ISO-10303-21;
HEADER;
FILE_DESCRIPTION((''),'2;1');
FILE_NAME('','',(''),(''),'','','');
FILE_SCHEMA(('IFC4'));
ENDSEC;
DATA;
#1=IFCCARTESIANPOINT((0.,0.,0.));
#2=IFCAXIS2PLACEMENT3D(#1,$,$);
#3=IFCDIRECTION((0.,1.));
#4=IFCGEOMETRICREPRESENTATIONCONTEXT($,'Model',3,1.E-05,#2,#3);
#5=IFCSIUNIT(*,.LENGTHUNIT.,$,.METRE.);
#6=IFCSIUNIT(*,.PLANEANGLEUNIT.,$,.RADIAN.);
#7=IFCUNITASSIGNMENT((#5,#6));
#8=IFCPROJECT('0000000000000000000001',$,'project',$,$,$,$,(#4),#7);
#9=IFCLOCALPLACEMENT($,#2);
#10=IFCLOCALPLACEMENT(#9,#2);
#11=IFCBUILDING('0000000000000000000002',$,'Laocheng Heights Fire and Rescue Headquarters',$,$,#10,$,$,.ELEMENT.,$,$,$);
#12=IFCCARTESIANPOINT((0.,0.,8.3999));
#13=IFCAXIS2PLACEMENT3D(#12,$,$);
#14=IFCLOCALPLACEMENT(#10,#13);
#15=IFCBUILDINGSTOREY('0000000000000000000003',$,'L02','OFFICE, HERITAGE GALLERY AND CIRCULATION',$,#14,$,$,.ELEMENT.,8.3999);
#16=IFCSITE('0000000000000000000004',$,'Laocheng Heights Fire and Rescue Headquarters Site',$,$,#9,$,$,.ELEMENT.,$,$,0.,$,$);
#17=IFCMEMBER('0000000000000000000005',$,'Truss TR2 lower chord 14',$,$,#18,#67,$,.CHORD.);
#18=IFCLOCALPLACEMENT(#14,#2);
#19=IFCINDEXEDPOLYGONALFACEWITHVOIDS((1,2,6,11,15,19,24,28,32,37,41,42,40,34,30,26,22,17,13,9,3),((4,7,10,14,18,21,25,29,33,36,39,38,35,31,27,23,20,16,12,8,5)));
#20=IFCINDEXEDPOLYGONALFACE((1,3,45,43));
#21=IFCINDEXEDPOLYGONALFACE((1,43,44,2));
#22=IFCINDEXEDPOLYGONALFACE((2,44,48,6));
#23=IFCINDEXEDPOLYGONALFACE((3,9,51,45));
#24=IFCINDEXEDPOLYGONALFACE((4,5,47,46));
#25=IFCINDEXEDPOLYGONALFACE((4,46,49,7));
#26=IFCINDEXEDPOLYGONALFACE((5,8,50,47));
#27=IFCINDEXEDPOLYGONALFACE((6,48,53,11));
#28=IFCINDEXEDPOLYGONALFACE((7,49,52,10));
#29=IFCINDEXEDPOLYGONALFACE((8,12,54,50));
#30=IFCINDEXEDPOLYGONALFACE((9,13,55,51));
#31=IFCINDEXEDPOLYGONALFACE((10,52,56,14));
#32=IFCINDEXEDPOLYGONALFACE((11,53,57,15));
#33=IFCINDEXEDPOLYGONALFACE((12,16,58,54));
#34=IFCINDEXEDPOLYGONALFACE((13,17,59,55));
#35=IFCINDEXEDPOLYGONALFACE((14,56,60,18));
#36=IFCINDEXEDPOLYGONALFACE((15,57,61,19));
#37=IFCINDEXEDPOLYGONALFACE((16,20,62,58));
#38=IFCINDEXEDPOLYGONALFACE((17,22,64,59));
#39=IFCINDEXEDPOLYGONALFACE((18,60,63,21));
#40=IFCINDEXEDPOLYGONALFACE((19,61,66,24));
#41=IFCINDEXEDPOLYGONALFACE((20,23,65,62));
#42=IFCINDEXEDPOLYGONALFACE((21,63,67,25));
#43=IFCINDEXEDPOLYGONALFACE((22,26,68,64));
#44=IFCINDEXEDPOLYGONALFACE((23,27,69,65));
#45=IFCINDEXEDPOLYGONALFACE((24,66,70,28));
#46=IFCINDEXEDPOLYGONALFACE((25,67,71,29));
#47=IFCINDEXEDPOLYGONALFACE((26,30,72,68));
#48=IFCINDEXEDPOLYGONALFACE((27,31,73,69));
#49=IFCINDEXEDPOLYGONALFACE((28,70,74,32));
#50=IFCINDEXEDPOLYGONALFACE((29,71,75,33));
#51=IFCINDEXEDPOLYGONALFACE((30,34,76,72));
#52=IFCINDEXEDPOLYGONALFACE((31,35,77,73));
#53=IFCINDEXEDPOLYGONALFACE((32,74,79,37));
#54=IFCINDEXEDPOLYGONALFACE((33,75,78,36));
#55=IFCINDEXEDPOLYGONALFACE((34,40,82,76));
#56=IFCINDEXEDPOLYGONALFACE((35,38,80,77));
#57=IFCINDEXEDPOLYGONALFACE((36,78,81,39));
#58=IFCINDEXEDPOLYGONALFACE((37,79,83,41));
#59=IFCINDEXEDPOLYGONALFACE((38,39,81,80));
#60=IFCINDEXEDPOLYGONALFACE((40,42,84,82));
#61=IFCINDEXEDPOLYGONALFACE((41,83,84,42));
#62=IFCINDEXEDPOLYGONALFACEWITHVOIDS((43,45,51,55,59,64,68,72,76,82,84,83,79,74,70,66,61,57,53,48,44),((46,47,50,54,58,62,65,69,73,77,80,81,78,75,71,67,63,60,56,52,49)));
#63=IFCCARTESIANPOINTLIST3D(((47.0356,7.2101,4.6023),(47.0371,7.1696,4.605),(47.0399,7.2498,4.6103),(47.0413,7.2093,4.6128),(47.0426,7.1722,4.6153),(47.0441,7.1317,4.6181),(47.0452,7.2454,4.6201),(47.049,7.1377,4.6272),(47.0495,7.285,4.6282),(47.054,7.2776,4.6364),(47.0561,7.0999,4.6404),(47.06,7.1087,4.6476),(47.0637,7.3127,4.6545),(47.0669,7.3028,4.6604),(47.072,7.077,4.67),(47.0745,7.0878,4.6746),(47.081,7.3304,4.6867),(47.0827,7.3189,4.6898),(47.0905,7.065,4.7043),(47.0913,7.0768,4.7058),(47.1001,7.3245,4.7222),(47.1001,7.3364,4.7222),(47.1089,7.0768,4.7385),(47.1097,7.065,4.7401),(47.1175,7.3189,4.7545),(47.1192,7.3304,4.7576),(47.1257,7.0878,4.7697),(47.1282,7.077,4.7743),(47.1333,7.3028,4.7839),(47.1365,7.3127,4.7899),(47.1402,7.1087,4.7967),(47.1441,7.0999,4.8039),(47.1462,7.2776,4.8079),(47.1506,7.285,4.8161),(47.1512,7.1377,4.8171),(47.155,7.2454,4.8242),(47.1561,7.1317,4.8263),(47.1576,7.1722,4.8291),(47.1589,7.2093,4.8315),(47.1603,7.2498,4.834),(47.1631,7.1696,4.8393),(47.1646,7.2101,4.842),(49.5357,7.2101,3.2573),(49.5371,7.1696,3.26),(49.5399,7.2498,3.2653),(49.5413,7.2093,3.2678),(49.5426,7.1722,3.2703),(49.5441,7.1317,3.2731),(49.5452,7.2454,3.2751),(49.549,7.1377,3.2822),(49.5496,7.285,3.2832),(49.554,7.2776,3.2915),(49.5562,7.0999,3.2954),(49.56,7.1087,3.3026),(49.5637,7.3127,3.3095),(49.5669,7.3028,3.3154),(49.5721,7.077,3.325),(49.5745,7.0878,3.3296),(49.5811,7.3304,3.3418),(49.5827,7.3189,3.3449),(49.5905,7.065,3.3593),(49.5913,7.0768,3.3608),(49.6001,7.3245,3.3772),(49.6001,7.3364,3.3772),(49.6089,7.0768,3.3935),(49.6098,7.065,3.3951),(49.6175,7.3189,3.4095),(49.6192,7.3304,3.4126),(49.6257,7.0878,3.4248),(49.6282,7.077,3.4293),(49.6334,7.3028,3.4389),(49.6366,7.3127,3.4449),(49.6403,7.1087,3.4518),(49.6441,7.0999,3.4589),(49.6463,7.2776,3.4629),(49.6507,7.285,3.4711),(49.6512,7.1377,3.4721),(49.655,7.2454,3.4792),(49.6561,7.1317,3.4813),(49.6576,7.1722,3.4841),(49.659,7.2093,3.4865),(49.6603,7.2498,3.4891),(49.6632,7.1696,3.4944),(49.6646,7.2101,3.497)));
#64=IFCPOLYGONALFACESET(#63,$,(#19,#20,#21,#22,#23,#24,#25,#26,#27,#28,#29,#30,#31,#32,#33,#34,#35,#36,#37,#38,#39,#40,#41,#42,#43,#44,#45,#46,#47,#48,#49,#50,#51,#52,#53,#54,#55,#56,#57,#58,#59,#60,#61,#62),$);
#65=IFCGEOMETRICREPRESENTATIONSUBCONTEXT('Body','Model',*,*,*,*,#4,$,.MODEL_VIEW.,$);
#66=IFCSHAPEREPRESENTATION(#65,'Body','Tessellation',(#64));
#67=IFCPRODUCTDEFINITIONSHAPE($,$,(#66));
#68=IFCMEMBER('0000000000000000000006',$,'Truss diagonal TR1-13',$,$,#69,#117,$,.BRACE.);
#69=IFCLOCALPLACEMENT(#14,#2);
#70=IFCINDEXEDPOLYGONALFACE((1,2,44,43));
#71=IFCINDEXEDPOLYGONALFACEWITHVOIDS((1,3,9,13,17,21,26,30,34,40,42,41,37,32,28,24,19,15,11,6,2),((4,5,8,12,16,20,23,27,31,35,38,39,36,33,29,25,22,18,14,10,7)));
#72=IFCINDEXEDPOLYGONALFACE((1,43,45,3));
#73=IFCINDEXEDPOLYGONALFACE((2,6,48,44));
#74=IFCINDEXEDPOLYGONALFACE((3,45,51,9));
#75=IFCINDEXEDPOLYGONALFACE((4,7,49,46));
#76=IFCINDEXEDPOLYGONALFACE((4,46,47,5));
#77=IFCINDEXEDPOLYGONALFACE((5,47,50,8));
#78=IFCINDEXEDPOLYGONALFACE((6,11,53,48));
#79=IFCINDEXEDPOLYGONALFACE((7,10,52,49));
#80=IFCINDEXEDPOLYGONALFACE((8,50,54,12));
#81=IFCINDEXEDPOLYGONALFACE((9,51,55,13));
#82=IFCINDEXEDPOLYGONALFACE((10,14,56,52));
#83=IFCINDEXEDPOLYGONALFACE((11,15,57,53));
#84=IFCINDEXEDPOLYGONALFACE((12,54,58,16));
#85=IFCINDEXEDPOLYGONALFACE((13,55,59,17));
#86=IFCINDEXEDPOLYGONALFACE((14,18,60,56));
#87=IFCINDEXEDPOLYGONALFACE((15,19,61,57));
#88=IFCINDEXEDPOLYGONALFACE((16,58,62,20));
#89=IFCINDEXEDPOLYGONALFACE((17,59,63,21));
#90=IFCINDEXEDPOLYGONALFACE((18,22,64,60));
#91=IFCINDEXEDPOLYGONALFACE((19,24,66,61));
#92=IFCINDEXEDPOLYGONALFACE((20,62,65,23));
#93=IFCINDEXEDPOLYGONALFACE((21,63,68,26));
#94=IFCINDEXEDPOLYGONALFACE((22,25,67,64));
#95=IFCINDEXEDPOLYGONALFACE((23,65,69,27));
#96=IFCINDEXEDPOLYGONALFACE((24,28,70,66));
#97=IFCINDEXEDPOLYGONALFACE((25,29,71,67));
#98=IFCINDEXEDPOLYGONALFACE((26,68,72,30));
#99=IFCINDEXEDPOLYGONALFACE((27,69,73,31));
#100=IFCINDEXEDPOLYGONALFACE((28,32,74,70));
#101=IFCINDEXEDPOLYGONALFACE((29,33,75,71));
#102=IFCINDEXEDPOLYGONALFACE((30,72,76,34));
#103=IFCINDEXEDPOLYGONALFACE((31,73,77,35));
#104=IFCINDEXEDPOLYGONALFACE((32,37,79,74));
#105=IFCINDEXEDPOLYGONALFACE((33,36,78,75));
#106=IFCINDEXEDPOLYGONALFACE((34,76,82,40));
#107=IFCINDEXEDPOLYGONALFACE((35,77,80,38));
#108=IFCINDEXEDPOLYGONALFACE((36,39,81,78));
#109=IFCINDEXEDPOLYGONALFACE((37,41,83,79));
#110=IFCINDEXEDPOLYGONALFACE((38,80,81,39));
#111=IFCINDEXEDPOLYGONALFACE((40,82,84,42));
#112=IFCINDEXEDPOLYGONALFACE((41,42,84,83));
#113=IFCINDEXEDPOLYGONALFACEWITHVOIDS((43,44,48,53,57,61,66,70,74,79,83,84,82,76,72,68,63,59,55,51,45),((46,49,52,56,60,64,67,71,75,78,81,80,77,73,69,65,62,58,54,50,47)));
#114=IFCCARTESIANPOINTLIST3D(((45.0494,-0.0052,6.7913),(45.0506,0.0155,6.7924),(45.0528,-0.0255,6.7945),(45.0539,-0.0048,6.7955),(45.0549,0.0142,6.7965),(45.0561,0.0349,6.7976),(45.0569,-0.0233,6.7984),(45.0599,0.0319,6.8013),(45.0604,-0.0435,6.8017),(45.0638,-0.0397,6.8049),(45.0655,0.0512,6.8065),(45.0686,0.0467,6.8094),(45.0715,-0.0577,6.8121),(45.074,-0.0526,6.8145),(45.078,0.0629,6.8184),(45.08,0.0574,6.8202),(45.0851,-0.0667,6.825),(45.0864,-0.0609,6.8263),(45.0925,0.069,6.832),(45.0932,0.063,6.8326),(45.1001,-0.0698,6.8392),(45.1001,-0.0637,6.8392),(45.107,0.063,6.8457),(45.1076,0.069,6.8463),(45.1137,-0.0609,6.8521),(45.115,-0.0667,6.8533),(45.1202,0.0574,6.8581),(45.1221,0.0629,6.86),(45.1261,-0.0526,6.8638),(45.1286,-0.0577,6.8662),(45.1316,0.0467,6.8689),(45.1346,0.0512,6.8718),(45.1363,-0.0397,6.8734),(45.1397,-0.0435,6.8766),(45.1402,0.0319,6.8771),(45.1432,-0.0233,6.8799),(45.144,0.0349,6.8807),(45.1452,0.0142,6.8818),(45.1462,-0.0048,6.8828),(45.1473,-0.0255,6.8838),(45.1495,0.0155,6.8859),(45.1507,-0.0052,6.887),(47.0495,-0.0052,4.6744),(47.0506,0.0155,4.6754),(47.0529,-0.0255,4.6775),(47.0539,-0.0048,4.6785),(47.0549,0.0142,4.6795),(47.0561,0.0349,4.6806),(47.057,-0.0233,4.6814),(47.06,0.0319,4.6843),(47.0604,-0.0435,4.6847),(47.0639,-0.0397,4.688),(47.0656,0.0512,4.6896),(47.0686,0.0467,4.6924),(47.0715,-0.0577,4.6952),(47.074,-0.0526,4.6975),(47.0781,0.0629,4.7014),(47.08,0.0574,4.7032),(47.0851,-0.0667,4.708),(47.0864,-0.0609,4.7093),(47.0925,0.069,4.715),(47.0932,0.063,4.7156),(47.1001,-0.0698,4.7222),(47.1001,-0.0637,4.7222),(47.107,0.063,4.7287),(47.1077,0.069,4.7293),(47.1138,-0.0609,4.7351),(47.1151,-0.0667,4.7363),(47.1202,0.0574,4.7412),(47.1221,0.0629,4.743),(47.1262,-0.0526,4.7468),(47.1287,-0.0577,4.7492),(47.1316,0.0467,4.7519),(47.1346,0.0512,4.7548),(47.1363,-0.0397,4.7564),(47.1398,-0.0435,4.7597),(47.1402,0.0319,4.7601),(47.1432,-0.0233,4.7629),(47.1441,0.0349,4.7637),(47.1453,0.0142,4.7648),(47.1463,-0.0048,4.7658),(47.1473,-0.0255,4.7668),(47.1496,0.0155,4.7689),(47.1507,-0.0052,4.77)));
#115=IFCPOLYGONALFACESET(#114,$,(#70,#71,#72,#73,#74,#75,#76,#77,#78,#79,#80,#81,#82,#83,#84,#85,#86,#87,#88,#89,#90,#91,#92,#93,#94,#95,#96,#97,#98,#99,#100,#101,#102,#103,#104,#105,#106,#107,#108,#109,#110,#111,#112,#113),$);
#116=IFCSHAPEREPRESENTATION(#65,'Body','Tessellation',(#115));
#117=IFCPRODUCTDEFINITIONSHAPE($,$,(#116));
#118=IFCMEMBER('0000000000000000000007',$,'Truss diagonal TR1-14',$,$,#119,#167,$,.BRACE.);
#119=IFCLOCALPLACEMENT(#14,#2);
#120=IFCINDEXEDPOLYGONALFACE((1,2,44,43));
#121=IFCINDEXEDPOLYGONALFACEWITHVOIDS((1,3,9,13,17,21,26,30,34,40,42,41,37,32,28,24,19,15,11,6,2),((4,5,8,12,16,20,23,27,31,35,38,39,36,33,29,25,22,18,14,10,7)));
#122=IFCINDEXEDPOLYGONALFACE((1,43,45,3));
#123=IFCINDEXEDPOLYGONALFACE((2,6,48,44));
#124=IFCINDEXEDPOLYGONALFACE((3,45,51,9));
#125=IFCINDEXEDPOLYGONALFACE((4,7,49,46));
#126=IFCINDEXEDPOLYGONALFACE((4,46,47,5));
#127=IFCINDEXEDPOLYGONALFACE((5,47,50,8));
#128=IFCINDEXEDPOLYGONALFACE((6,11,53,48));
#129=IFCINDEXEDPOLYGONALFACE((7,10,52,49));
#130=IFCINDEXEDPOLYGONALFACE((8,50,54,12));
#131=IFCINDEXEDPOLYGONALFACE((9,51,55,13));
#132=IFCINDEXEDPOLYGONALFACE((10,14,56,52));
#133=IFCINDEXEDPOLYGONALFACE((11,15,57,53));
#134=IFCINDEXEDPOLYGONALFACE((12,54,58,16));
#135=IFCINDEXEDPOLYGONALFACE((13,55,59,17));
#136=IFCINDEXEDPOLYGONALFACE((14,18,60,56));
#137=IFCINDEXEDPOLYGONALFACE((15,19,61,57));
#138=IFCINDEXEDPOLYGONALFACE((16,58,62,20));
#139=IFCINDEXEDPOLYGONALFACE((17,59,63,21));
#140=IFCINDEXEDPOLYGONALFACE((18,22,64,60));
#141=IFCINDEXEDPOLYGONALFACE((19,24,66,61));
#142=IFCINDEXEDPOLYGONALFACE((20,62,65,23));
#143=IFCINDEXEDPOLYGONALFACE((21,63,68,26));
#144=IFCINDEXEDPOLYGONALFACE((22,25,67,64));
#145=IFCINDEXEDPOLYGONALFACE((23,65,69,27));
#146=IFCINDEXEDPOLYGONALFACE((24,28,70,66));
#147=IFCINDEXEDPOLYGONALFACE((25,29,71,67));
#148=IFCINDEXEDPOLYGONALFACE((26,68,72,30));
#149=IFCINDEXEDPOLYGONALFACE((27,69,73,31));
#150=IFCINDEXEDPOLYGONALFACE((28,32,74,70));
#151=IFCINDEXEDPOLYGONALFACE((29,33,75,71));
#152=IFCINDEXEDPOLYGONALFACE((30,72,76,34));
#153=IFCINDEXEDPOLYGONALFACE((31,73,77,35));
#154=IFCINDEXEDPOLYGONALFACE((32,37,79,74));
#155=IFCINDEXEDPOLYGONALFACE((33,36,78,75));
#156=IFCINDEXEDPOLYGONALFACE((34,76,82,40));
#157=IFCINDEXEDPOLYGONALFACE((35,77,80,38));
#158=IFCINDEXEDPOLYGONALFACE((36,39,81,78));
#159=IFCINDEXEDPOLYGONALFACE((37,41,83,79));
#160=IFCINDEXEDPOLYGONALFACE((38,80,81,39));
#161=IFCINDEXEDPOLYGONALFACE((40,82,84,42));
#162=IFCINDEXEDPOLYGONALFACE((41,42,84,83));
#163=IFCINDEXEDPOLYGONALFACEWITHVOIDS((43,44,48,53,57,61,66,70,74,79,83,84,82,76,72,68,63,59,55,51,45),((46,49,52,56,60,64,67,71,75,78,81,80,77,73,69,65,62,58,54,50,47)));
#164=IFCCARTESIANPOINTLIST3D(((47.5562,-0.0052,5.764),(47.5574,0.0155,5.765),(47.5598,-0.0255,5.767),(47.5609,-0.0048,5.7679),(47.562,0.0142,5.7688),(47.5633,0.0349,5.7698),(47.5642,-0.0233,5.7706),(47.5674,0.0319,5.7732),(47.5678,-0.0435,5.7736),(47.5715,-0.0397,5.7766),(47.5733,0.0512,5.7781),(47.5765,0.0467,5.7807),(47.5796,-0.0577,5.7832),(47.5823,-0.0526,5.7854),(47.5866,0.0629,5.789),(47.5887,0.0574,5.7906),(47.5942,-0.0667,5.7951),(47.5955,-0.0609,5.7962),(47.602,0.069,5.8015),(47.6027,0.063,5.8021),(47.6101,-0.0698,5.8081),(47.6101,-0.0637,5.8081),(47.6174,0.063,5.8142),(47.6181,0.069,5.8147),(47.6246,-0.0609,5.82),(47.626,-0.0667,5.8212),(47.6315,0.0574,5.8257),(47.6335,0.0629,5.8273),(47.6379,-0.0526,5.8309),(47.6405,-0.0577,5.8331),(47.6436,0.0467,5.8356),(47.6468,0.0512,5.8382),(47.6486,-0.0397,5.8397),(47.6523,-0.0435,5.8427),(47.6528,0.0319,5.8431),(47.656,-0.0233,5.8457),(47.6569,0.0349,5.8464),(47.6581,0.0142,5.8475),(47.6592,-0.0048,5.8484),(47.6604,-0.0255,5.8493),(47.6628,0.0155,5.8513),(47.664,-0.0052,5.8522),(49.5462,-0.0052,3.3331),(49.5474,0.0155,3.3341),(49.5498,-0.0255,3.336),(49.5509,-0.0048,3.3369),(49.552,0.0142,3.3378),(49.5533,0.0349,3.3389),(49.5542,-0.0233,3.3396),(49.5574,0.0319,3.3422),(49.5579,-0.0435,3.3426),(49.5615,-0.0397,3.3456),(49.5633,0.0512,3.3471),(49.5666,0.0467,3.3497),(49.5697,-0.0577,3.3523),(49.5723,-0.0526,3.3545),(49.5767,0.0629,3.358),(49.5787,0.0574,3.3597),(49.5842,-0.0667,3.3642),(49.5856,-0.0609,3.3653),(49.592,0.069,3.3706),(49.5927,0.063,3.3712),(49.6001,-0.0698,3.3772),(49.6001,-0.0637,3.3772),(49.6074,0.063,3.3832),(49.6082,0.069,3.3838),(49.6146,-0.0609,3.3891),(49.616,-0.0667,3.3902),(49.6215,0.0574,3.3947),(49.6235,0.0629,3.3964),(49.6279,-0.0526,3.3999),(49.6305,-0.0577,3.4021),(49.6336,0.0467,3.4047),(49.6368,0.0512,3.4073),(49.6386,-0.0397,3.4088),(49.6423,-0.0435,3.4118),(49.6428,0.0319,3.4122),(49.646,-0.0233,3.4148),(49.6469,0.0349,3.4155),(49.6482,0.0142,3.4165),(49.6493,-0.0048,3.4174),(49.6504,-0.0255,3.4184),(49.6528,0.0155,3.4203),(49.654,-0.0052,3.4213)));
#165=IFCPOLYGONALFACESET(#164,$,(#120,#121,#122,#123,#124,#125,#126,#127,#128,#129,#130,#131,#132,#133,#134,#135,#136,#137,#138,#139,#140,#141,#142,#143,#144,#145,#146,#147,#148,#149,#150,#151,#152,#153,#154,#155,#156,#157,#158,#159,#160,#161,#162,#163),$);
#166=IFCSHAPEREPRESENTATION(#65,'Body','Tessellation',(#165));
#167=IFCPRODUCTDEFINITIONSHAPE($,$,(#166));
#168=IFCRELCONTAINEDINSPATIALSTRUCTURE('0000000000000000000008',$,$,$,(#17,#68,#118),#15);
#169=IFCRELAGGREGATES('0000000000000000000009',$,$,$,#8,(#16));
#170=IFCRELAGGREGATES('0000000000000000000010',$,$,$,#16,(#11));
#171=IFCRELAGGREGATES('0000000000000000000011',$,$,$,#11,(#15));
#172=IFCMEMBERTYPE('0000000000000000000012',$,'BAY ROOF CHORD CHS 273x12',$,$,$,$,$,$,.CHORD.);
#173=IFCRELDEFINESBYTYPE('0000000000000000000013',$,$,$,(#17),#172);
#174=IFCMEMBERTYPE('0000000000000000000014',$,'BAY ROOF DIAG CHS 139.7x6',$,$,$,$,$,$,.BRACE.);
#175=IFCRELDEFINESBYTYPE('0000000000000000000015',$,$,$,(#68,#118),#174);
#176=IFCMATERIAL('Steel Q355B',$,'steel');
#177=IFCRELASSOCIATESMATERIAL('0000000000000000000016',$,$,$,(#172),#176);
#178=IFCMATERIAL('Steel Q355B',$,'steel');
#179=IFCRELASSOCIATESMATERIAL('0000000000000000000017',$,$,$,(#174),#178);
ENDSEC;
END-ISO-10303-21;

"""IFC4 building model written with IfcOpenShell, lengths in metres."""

from ifc_helpers import new_model, si_unit, direction, frame, origin, origin_2d, place, context, subcontext, project, spatial, hollow_circle, extrude, material, material_profile, profile_set, type_object, element, save


model = new_model("IFC4")

# Units and contexts
model_context = context("Model", 3, precision=1e-05, world=origin(), true_north=direction((0.0, 1.0)))
body_context = subcontext(model_context, "Body", "Model", "MODEL_VIEW")
ifc_project = project(units=[si_unit("LENGTHUNIT", "METRE"), si_unit("PLANEANGLEUNIT", "RADIAN")], contexts=[model_context])

# Site, building, storey
site_placement = place(None, origin())
site = spatial("IfcSite", under=ifc_project, at=site_placement, Name="Laocheng Heights Fire and Rescue Headquarters Site", CompositionType="ELEMENT", RefElevation=0.0)
building_placement = place(site_placement, origin())
building = spatial("IfcBuilding", under=site, at=building_placement, Name="Laocheng Heights Fire and Rescue Headquarters", CompositionType="ELEMENT")
storey_placement = place(building_placement, frame((0.0, 0.0, 8.3999)))
storey = spatial("IfcBuildingStorey", under=building, at=storey_placement, Name="L02", Description="OFFICE, HERITAGE GALLERY AND CIRCULATION", CompositionType="ELEMENT", Elevation=8.3999)

# Members
ifc_material_1 = material(Name="Steel Q355B", Category="steel")
ifc_material_profile_1 = material_profile(ifc_material_1, hollow_circle(Radius=0.1365, WallThickness=0.012, at=origin_2d()), Name="CHS 273x12")
ifc_profile_set_1 = profile_set([ifc_material_profile_1], Name="Steel Q355B")
member_type_1 = type_object("IfcMemberType", Name="BAY ROOF CHORD CHS 273x12", PredefinedType="CHORD", material=ifc_profile_set_1)
member_1_placement = place(storey_placement, frame((47.1001, 7.2, 4.7222), z_axis=(0.880645, 0.0, -0.473777), x_axis=(0.0, 1.0, 0.0)))
element("IfcMember", 1, at=member_1_placement, inside=storey, type_object=member_type_1, Name="Truss TR2 lower chord 14", PredefinedType="CHORD", context=body_context, shape_type="SweptSolid", body=[
    extrude(hollow_circle(Radius=0.1365, WallThickness=0.012, at=origin_2d()), origin(), (0.0, 0.0, 1.0), 2.8389),
])
ifc_material_2 = material(Name="Steel Q355B", Category="steel")
ifc_material_profile_2 = material_profile(ifc_material_2, hollow_circle(Radius=0.0698, WallThickness=0.0061, at=origin_2d()), Name="CHS 139.7x6")
ifc_profile_set_2 = profile_set([ifc_material_profile_2], Name="Steel Q355B")
member_type_2 = type_object("IfcMemberType", Name="BAY ROOF DIAG CHS 139.7x6", PredefinedType="BRACE", material=ifc_profile_set_2)
member_2_placement = place(storey_placement, frame((47.1001, 0.0, 4.7222), z_axis=(-0.686744, 0.0, 0.726899), x_axis=(0.0, -1.0, 0.0)))
element("IfcMember", 2, at=member_2_placement, inside=storey, type_object=member_type_2, Name="Truss diagonal TR1-13", PredefinedType="BRACE", context=body_context, shape_type="SweptSolid", body=[
    extrude(hollow_circle(Radius=0.0698, WallThickness=0.0061, at=origin_2d()), origin(), (0.0, 0.0, 1.0), 2.9124),
])
member_3_placement = place(storey_placement, frame((49.6001, 0.0, 3.3772), z_axis=(-0.633441, 0.0, 0.773791), x_axis=(0.0, -1.0, 0.0)))
element("IfcMember", 3, at=member_3_placement, inside=storey, type_object=member_type_2, Name="Truss diagonal TR1-14", PredefinedType="BRACE", context=body_context, shape_type="SweptSolid", body=[
    extrude(hollow_circle(Radius=0.0698, WallThickness=0.0061, at=origin_2d()), origin(), (0.0, 0.0, 1.0), 3.1416),
])

save(model, "model.ifc")
